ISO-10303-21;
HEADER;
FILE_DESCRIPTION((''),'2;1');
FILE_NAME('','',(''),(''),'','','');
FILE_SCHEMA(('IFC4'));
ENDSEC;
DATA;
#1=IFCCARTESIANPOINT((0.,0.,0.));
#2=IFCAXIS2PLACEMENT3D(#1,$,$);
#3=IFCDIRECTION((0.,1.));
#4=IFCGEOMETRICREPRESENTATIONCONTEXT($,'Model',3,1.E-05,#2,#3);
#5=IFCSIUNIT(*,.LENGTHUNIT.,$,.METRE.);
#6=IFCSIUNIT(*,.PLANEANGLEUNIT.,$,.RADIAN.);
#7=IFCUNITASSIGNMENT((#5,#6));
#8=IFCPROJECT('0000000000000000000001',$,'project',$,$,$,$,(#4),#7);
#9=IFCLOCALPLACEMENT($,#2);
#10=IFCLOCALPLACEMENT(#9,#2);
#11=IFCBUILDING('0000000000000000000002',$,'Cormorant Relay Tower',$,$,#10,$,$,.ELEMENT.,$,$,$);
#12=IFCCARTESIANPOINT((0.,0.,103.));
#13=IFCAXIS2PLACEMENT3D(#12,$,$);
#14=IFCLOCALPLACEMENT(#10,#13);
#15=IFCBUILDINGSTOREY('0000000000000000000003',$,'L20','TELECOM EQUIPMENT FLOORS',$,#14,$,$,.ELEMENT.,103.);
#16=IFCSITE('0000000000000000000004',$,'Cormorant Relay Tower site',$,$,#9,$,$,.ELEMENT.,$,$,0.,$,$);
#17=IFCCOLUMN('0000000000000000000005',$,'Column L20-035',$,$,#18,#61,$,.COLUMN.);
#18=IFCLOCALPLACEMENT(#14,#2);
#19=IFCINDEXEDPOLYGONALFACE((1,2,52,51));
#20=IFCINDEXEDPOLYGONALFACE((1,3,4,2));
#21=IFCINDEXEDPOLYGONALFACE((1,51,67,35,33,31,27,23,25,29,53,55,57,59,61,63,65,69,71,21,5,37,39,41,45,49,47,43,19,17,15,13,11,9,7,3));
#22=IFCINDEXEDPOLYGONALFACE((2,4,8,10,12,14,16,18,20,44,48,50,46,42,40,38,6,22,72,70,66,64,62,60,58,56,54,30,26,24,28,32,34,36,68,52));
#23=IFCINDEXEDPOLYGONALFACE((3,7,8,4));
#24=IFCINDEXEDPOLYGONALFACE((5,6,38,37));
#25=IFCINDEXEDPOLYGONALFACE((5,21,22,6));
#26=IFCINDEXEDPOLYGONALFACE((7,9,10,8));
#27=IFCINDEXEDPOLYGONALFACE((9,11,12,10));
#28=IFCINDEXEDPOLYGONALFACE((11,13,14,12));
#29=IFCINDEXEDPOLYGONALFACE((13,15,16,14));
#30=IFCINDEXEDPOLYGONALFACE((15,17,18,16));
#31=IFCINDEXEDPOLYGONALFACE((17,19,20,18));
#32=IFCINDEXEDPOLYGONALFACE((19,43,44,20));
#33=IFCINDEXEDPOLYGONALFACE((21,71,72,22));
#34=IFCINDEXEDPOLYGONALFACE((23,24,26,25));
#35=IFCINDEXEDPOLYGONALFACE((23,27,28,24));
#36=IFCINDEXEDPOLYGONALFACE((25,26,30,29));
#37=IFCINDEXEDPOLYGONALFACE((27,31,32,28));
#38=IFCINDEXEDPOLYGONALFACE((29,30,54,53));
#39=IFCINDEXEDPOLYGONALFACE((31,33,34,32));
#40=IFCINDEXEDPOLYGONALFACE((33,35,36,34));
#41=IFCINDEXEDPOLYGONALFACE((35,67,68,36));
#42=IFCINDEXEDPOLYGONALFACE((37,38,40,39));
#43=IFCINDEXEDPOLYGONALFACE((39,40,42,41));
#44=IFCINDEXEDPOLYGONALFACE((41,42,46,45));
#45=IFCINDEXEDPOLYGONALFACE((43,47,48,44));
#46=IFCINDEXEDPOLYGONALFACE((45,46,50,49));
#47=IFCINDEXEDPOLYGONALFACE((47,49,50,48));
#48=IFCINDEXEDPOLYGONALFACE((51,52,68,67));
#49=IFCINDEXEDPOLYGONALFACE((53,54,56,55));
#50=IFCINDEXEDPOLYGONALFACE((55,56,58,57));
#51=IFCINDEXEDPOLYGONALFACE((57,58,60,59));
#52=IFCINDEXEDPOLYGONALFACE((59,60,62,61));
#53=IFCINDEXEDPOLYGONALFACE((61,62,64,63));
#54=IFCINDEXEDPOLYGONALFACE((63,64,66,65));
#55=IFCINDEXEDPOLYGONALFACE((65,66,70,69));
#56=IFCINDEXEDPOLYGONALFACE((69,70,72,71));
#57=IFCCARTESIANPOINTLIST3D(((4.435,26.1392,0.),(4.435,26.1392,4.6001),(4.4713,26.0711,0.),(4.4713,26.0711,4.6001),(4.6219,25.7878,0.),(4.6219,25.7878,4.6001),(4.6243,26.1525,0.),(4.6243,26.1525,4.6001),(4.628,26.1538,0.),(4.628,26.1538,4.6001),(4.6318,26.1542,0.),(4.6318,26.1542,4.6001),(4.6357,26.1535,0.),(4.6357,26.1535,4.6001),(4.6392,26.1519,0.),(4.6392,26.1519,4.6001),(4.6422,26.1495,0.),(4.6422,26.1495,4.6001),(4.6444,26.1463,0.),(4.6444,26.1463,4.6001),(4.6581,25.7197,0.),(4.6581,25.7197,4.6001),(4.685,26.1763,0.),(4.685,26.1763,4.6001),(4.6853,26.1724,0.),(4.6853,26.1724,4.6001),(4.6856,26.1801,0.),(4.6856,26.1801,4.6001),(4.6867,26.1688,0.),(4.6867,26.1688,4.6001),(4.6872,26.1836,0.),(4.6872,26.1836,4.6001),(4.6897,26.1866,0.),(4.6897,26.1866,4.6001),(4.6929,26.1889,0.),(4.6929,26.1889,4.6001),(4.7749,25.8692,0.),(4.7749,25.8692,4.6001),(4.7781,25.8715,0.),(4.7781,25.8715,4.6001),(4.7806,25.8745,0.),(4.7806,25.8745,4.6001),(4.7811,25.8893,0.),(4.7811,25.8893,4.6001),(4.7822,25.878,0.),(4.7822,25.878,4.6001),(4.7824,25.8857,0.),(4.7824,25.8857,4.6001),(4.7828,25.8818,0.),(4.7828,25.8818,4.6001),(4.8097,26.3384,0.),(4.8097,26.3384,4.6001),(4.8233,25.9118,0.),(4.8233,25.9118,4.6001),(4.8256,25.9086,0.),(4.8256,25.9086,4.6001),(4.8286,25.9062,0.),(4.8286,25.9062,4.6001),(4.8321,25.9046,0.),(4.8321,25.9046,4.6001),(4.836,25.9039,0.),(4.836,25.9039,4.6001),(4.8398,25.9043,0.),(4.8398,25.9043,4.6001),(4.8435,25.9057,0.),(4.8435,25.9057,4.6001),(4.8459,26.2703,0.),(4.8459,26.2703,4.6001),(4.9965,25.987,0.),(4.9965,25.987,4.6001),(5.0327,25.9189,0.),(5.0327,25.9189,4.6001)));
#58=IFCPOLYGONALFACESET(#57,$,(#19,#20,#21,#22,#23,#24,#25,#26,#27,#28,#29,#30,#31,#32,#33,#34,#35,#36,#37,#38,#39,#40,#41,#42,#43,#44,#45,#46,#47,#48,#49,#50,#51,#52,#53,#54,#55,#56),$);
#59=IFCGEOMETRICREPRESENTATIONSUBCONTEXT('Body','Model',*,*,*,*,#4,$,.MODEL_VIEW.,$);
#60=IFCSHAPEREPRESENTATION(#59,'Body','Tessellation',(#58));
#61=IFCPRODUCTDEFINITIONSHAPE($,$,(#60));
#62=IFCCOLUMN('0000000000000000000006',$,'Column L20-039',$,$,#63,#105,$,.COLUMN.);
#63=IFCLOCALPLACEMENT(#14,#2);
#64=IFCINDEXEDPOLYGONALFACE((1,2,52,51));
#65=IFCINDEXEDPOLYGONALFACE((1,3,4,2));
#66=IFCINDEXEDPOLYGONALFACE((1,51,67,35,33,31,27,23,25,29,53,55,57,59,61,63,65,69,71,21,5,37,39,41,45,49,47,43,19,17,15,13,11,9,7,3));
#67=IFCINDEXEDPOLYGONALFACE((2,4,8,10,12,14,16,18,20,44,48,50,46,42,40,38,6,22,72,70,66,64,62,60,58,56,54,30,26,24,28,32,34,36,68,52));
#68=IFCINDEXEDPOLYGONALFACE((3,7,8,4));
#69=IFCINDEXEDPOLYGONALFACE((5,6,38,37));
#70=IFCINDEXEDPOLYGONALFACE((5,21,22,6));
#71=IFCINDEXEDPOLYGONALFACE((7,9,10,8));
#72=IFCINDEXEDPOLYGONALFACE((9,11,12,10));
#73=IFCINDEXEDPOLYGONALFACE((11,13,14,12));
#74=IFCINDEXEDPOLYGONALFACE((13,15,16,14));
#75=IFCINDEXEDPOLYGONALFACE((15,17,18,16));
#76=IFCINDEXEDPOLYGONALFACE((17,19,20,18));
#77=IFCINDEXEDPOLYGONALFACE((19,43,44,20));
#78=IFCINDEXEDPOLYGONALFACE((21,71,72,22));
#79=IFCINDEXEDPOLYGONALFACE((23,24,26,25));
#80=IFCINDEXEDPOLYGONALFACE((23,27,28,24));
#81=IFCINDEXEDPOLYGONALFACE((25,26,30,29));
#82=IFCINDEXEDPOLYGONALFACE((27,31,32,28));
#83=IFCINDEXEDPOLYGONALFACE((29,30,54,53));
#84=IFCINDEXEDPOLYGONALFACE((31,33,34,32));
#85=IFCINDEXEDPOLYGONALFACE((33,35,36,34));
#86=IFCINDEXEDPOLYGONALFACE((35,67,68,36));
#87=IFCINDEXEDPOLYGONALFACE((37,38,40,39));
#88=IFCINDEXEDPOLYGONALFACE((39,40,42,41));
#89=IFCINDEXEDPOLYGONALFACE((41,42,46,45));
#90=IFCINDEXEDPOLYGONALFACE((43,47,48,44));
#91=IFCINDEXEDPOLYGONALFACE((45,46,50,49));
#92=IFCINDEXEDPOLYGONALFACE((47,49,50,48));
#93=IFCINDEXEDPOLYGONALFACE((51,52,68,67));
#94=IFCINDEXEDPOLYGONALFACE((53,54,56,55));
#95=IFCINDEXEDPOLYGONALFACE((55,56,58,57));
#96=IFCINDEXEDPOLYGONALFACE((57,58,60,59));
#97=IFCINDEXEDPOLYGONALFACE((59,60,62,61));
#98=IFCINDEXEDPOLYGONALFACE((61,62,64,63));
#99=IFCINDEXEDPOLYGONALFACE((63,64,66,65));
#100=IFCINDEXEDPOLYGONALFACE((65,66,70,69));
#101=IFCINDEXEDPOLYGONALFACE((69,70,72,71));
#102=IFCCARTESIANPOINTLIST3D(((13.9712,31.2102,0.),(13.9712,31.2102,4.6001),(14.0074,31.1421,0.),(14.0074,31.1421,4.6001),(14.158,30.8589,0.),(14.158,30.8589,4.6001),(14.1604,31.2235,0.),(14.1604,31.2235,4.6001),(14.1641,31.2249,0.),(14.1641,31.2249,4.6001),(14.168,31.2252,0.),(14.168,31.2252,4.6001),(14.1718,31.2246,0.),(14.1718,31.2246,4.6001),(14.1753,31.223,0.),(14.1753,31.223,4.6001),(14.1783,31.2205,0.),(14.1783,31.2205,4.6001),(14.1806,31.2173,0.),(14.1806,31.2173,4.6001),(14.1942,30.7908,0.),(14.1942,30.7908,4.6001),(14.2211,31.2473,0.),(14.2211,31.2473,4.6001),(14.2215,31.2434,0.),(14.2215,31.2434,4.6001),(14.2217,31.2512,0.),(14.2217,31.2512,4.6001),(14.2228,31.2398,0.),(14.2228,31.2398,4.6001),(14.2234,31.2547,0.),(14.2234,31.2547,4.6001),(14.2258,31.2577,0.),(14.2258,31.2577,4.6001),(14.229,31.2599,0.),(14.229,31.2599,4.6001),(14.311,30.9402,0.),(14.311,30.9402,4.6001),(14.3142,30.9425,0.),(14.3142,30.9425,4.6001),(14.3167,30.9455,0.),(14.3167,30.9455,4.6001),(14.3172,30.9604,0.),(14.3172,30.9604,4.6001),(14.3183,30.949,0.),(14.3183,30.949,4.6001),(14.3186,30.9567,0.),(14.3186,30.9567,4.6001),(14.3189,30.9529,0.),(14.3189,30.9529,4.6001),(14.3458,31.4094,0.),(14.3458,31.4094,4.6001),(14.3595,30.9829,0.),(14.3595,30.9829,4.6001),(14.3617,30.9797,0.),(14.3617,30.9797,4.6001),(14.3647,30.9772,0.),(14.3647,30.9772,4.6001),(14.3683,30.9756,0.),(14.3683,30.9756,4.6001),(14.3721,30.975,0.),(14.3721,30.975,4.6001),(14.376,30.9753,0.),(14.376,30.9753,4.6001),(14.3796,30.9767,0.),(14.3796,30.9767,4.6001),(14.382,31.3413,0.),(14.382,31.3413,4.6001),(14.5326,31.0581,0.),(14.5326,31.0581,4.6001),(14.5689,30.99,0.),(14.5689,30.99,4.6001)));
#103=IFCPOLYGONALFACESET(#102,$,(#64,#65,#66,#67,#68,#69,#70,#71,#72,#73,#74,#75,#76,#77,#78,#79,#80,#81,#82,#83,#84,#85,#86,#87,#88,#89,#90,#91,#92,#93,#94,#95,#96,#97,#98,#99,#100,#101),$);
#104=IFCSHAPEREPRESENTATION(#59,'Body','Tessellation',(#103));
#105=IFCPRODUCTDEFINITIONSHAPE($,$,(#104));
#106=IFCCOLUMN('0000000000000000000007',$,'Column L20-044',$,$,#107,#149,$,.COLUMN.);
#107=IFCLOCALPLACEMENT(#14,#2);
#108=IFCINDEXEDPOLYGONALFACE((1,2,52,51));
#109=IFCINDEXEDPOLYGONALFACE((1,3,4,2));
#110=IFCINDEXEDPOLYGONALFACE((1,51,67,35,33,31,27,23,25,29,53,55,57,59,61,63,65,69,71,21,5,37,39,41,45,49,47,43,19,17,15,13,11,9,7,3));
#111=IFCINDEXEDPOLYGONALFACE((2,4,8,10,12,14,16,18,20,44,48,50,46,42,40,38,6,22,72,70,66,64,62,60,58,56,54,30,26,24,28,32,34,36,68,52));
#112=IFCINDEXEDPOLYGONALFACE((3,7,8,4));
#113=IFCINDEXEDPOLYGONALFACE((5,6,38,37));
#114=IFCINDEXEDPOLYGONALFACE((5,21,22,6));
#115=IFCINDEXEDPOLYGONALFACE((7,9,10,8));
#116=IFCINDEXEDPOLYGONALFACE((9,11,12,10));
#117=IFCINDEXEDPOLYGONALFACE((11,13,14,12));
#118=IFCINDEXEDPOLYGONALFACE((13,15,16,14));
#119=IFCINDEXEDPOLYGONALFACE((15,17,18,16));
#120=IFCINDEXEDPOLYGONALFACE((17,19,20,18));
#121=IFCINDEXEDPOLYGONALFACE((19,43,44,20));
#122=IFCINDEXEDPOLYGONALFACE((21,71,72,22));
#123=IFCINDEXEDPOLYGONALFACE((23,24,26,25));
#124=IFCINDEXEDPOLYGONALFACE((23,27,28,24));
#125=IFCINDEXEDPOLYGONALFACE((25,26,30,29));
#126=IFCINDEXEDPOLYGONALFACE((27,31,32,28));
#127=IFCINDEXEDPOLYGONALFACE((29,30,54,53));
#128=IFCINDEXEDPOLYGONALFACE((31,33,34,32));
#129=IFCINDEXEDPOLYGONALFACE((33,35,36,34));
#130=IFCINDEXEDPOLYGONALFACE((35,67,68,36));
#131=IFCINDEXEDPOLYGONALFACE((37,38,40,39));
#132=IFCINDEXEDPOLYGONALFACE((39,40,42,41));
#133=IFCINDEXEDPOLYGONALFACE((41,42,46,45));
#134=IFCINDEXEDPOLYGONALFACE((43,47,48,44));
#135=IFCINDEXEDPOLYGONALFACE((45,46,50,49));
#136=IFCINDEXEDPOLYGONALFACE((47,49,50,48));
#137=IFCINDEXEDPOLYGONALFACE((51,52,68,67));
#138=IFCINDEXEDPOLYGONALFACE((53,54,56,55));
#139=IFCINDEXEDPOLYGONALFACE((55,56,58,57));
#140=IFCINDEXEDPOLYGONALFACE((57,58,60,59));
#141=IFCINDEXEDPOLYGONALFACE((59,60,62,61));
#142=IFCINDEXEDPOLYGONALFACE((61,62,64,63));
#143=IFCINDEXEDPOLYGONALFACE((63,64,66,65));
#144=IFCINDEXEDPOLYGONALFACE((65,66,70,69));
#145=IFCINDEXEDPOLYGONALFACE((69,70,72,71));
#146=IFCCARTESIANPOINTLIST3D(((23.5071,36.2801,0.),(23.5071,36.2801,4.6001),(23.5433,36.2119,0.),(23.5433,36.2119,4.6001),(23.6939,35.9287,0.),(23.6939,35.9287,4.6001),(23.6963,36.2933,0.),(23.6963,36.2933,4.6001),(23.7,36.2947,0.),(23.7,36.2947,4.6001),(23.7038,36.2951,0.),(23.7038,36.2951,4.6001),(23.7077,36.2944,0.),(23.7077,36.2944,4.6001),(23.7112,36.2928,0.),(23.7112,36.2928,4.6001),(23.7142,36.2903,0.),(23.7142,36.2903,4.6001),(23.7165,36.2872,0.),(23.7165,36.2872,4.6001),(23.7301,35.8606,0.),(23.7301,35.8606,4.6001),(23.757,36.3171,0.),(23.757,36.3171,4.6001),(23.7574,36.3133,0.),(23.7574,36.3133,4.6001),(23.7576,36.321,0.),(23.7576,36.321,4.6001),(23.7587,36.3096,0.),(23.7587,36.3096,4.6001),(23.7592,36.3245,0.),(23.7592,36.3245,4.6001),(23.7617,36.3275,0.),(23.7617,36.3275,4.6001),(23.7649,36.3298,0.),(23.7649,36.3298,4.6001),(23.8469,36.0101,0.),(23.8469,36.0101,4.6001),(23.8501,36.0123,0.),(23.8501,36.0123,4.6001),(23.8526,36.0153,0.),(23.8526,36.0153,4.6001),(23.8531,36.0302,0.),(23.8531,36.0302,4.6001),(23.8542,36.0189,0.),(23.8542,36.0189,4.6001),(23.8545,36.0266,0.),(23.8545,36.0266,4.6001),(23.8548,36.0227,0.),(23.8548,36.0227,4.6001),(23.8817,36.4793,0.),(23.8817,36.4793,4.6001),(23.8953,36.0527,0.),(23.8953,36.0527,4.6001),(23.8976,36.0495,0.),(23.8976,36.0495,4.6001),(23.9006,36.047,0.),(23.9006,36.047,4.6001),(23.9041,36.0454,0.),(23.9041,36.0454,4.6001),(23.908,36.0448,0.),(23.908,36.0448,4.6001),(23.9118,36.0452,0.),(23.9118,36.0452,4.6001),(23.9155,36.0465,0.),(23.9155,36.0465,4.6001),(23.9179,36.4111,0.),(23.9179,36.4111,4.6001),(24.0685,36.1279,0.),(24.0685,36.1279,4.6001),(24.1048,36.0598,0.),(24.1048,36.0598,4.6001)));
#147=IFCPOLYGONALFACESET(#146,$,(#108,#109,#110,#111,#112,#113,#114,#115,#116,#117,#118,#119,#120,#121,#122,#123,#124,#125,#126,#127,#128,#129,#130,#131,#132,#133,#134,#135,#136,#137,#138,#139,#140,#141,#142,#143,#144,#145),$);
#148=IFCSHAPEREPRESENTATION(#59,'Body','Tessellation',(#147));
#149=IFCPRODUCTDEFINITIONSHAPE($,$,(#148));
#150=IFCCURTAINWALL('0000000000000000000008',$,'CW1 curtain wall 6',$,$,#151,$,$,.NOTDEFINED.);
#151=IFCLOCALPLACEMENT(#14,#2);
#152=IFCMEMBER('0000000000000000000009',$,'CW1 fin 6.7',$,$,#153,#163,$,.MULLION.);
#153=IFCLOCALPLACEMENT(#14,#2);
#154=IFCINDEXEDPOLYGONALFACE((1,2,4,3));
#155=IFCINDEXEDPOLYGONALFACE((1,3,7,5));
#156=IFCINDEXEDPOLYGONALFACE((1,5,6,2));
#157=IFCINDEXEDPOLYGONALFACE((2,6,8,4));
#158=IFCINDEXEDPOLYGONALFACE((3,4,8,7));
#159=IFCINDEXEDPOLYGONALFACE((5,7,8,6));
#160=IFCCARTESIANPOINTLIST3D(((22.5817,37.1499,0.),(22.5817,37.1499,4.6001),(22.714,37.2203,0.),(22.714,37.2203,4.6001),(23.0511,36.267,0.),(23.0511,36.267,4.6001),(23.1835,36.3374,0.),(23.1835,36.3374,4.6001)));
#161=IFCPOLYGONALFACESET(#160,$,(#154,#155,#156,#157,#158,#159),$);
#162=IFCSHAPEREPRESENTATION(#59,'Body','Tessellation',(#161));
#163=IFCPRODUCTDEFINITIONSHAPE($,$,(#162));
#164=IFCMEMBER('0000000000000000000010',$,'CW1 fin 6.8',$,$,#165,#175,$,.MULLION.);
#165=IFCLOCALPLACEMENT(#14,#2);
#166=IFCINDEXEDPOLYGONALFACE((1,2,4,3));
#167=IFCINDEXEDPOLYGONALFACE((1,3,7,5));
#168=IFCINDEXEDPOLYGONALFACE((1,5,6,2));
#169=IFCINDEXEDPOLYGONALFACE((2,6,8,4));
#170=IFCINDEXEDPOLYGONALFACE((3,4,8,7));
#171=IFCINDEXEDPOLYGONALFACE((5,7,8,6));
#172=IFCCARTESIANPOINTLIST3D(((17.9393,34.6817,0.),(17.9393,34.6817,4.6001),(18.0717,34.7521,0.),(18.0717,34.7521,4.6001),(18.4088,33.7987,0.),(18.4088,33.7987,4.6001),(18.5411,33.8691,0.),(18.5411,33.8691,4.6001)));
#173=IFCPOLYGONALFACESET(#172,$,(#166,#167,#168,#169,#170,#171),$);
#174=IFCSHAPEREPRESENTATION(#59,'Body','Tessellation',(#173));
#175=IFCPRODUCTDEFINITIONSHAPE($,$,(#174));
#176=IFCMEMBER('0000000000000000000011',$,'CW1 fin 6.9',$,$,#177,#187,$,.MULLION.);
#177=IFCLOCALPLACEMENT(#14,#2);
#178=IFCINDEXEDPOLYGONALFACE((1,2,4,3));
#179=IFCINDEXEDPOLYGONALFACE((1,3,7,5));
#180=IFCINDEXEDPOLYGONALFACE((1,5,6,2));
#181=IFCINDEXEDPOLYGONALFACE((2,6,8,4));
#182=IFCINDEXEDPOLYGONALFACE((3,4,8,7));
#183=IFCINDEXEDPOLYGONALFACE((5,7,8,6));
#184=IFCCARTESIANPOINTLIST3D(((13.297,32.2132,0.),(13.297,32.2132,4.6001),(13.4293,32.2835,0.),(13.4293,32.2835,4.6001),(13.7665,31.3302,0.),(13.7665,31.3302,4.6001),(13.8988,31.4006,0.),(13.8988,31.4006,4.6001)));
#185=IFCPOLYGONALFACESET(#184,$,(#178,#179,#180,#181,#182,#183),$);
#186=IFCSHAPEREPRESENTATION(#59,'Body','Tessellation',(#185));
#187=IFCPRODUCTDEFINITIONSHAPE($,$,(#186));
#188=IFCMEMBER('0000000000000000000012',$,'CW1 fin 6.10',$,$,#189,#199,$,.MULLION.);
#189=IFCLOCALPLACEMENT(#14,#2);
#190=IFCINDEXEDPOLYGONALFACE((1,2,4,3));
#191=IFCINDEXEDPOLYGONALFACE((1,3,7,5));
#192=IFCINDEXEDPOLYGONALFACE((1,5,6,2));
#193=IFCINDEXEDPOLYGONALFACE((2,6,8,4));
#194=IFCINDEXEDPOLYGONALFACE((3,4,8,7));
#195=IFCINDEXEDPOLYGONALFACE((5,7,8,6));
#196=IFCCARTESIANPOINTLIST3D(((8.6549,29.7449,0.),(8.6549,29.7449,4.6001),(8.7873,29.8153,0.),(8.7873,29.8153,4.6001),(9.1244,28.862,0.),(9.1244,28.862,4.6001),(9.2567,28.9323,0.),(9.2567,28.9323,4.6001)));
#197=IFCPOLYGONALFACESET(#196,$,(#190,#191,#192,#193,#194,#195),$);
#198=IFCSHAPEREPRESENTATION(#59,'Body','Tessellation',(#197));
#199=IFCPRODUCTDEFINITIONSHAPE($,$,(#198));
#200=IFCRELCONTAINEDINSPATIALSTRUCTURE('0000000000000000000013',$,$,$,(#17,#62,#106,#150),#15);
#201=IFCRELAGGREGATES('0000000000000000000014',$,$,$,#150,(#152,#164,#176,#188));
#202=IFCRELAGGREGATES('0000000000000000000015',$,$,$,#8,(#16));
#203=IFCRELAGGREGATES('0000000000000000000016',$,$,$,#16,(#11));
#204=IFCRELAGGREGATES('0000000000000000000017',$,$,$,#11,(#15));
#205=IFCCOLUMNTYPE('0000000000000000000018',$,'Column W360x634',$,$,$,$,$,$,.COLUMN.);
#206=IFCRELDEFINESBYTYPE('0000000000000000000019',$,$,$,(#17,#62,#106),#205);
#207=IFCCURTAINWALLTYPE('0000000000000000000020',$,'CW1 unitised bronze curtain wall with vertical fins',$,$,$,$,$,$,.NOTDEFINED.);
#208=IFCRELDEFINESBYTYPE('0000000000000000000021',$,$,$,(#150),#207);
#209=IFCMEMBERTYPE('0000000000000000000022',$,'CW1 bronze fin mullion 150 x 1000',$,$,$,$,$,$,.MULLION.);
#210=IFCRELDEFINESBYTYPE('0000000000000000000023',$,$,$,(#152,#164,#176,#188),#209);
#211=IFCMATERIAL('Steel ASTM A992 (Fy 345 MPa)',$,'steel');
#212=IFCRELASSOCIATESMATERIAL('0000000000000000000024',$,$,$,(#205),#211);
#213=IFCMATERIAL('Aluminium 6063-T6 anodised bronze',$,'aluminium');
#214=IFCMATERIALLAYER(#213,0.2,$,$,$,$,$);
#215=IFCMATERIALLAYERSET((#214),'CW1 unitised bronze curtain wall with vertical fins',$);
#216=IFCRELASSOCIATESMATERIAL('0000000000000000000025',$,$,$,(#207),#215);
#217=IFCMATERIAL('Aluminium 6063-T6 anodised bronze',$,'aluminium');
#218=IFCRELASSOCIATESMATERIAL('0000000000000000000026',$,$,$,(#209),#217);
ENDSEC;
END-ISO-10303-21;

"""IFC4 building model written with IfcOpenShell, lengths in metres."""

from ifc_helpers import new_model, si_unit, direction, frame, origin, origin_2d, place, context, subcontext, project, spatial, rectangle, i_section, extrude, material, layer, layer_set, material_profile, profile_set, type_object, element, aggregate, save


model = new_model("IFC4")

# Units and contexts
model_context = context("Model", 3, precision=1e-05, world=origin(), true_north=direction((0.0, 1.0)))
body_context = subcontext(model_context, "Body", "Model", "MODEL_VIEW")
ifc_project = project(units=[si_unit("LENGTHUNIT", "METRE"), si_unit("PLANEANGLEUNIT", "RADIAN")], contexts=[model_context])

# Site, building, storey
site_placement = place(None, origin())
site = spatial("IfcSite", under=ifc_project, at=site_placement, Name="Cormorant Relay Tower site", CompositionType="ELEMENT", RefElevation=0.0)
building_placement = place(site_placement, origin())
building = spatial("IfcBuilding", under=site, at=building_placement, Name="Cormorant Relay Tower", CompositionType="ELEMENT")
storey_placement = place(building_placement, frame((0.0, 0.0, 103.0)))
storey = spatial("IfcBuildingStorey", under=building, at=storey_placement, Name="L20", Description="TELECOM EQUIPMENT FLOORS", CompositionType="ELEMENT", Elevation=103.0)

# Columns
ifc_material_1 = material(Name="Steel ASTM A992 (Fy 345 MPa)", Category="steel")
ifc_material_profile_1 = material_profile(ifc_material_1, i_section(OverallWidth=0.4243, OverallDepth=0.4751, WebThickness=0.0479, FlangeThickness=0.0771, FilletRadius=0.0149, at=origin_2d()), Name="W360x634")
ifc_profile_set_1 = profile_set([ifc_material_profile_1], Name="Steel ASTM A992 (Fy 345 MPa)")
column_type = type_object("IfcColumnType", Name="Column W360x634", PredefinedType="COLUMN", material=ifc_profile_set_1)
for number, where, z_axis, x_axis, name in (
    (1, (4.7339, 26.0291, 0.0), (0.0, 0.0, 1.0), (-0.882948, -0.469472, 0.0), "Column L20-035"),
    (2, (14.27, 31.1001, 0.0), (0.0, 0.0, 1.0), (-0.882948, -0.469472, 0.0), "Column L20-039"),
    (3, (23.8059, 36.1699, 0.0), (0.0, 0.0, 1.0), (-0.882948, -0.469472, 0.0), "Column L20-044"),
):
    element("IfcColumn", number, at=place(storey_placement, frame(where, z_axis=z_axis, x_axis=x_axis)), inside=storey, type_object=column_type, Name=name, PredefinedType="COLUMN", context=body_context, shape_type="SweptSolid", body=[
        extrude(i_section(OverallWidth=0.4243, OverallDepth=0.4751, WebThickness=0.0479, FlangeThickness=0.0771, FilletRadius=0.0149, at=origin_2d()), origin(), (0.0, 0.0, 1.0), 4.6001),
    ])

# Curtain wall, members
ifc_material_2 = material(Name="Aluminium 6063-T6 anodised bronze", Category="aluminium")
ifc_layer_1 = layer(ifc_material_2, 0.2)
ifc_layer_set_1 = layer_set([ifc_layer_1], Name="CW1 unitised bronze curtain wall with vertical fins")
curtain_wall_type = type_object("IfcCurtainWallType", Name="CW1 unitised bronze curtain wall with vertical fins", PredefinedType="NOTDEFINED", material=ifc_layer_set_1)
curtain_wall_1_placement = place(storey_placement, origin())
curtain_wall_1 = element("IfcCurtainWall", 4, at=curtain_wall_1_placement, inside=storey, type_object=curtain_wall_type, Name="CW1 curtain wall 6", PredefinedType="NOTDEFINED")
ifc_material_3 = material(Name="Aluminium 6063-T6 anodised bronze", Category="aluminium")
ifc_material_profile_2 = material_profile(ifc_material_3, rectangle(XDim=0.1499, YDim=1.0, at=origin_2d()), Name="AL 150x1000")
ifc_profile_set_2 = profile_set([ifc_material_profile_2], Name="Aluminium 6063-T6 anodised bronze")
member_type_1 = type_object("IfcMemberType", Name="CW1 bronze fin mullion 150 x 1000", PredefinedType="MULLION", material=ifc_profile_set_2)
member_1_placement = place(storey_placement, frame((22.8826, 36.7437, 0.0), z_axis=(0.0, 0.0, 1.0), x_axis=(-0.882948, -0.469472, 0.0)))
member_1 = element("IfcMember", 5, at=member_1_placement, type_object=member_type_1, Name="CW1 fin 6.7", PredefinedType="MULLION", context=body_context, shape_type="SweptSolid", body=[
    extrude(rectangle(XDim=0.1499, YDim=1.0, at=origin_2d()), origin(), (0.0, 0.0, 1.0), 4.6001),
])
member_2_placement = place(storey_placement, frame((18.2402, 34.2754, 0.0), z_axis=(0.0, 0.0, 1.0), x_axis=(-0.882948, -0.469472, 0.0)))
member_2 = element("IfcMember", 6, at=member_2_placement, type_object=member_type_1, Name="CW1 fin 6.8", PredefinedType="MULLION", context=body_context, shape_type="SweptSolid", body=[
    extrude(rectangle(XDim=0.1499, YDim=1.0, at=origin_2d()), origin(), (0.0, 0.0, 1.0), 4.6001),
])
member_3_placement = place(storey_placement, frame((13.5979, 31.8069, 0.0), z_axis=(0.0, 0.0, 1.0), x_axis=(-0.882948, -0.469472, 0.0)))
member_3 = element("IfcMember", 7, at=member_3_placement, type_object=member_type_1, Name="CW1 fin 6.9", PredefinedType="MULLION", context=body_context, shape_type="SweptSolid", body=[
    extrude(rectangle(XDim=0.1499, YDim=1.0, at=origin_2d()), origin(), (0.0, 0.0, 1.0), 4.6001),
])
member_4_placement = place(storey_placement, frame((8.9558, 29.3386, 0.0), z_axis=(0.0, 0.0, 1.0), x_axis=(-0.882948, -0.469472, 0.0)))
member_4 = element("IfcMember", 8, at=member_4_placement, type_object=member_type_1, Name="CW1 fin 6.10", PredefinedType="MULLION", context=body_context, shape_type="SweptSolid", body=[
    extrude(rectangle(XDim=0.1499, YDim=1.0, at=origin_2d()), origin(), (0.0, 0.0, 1.0), 4.6001),
])

aggregate(curtain_wall_1, [member_1, member_2, member_3, member_4])

save(model, "model.ifc")
